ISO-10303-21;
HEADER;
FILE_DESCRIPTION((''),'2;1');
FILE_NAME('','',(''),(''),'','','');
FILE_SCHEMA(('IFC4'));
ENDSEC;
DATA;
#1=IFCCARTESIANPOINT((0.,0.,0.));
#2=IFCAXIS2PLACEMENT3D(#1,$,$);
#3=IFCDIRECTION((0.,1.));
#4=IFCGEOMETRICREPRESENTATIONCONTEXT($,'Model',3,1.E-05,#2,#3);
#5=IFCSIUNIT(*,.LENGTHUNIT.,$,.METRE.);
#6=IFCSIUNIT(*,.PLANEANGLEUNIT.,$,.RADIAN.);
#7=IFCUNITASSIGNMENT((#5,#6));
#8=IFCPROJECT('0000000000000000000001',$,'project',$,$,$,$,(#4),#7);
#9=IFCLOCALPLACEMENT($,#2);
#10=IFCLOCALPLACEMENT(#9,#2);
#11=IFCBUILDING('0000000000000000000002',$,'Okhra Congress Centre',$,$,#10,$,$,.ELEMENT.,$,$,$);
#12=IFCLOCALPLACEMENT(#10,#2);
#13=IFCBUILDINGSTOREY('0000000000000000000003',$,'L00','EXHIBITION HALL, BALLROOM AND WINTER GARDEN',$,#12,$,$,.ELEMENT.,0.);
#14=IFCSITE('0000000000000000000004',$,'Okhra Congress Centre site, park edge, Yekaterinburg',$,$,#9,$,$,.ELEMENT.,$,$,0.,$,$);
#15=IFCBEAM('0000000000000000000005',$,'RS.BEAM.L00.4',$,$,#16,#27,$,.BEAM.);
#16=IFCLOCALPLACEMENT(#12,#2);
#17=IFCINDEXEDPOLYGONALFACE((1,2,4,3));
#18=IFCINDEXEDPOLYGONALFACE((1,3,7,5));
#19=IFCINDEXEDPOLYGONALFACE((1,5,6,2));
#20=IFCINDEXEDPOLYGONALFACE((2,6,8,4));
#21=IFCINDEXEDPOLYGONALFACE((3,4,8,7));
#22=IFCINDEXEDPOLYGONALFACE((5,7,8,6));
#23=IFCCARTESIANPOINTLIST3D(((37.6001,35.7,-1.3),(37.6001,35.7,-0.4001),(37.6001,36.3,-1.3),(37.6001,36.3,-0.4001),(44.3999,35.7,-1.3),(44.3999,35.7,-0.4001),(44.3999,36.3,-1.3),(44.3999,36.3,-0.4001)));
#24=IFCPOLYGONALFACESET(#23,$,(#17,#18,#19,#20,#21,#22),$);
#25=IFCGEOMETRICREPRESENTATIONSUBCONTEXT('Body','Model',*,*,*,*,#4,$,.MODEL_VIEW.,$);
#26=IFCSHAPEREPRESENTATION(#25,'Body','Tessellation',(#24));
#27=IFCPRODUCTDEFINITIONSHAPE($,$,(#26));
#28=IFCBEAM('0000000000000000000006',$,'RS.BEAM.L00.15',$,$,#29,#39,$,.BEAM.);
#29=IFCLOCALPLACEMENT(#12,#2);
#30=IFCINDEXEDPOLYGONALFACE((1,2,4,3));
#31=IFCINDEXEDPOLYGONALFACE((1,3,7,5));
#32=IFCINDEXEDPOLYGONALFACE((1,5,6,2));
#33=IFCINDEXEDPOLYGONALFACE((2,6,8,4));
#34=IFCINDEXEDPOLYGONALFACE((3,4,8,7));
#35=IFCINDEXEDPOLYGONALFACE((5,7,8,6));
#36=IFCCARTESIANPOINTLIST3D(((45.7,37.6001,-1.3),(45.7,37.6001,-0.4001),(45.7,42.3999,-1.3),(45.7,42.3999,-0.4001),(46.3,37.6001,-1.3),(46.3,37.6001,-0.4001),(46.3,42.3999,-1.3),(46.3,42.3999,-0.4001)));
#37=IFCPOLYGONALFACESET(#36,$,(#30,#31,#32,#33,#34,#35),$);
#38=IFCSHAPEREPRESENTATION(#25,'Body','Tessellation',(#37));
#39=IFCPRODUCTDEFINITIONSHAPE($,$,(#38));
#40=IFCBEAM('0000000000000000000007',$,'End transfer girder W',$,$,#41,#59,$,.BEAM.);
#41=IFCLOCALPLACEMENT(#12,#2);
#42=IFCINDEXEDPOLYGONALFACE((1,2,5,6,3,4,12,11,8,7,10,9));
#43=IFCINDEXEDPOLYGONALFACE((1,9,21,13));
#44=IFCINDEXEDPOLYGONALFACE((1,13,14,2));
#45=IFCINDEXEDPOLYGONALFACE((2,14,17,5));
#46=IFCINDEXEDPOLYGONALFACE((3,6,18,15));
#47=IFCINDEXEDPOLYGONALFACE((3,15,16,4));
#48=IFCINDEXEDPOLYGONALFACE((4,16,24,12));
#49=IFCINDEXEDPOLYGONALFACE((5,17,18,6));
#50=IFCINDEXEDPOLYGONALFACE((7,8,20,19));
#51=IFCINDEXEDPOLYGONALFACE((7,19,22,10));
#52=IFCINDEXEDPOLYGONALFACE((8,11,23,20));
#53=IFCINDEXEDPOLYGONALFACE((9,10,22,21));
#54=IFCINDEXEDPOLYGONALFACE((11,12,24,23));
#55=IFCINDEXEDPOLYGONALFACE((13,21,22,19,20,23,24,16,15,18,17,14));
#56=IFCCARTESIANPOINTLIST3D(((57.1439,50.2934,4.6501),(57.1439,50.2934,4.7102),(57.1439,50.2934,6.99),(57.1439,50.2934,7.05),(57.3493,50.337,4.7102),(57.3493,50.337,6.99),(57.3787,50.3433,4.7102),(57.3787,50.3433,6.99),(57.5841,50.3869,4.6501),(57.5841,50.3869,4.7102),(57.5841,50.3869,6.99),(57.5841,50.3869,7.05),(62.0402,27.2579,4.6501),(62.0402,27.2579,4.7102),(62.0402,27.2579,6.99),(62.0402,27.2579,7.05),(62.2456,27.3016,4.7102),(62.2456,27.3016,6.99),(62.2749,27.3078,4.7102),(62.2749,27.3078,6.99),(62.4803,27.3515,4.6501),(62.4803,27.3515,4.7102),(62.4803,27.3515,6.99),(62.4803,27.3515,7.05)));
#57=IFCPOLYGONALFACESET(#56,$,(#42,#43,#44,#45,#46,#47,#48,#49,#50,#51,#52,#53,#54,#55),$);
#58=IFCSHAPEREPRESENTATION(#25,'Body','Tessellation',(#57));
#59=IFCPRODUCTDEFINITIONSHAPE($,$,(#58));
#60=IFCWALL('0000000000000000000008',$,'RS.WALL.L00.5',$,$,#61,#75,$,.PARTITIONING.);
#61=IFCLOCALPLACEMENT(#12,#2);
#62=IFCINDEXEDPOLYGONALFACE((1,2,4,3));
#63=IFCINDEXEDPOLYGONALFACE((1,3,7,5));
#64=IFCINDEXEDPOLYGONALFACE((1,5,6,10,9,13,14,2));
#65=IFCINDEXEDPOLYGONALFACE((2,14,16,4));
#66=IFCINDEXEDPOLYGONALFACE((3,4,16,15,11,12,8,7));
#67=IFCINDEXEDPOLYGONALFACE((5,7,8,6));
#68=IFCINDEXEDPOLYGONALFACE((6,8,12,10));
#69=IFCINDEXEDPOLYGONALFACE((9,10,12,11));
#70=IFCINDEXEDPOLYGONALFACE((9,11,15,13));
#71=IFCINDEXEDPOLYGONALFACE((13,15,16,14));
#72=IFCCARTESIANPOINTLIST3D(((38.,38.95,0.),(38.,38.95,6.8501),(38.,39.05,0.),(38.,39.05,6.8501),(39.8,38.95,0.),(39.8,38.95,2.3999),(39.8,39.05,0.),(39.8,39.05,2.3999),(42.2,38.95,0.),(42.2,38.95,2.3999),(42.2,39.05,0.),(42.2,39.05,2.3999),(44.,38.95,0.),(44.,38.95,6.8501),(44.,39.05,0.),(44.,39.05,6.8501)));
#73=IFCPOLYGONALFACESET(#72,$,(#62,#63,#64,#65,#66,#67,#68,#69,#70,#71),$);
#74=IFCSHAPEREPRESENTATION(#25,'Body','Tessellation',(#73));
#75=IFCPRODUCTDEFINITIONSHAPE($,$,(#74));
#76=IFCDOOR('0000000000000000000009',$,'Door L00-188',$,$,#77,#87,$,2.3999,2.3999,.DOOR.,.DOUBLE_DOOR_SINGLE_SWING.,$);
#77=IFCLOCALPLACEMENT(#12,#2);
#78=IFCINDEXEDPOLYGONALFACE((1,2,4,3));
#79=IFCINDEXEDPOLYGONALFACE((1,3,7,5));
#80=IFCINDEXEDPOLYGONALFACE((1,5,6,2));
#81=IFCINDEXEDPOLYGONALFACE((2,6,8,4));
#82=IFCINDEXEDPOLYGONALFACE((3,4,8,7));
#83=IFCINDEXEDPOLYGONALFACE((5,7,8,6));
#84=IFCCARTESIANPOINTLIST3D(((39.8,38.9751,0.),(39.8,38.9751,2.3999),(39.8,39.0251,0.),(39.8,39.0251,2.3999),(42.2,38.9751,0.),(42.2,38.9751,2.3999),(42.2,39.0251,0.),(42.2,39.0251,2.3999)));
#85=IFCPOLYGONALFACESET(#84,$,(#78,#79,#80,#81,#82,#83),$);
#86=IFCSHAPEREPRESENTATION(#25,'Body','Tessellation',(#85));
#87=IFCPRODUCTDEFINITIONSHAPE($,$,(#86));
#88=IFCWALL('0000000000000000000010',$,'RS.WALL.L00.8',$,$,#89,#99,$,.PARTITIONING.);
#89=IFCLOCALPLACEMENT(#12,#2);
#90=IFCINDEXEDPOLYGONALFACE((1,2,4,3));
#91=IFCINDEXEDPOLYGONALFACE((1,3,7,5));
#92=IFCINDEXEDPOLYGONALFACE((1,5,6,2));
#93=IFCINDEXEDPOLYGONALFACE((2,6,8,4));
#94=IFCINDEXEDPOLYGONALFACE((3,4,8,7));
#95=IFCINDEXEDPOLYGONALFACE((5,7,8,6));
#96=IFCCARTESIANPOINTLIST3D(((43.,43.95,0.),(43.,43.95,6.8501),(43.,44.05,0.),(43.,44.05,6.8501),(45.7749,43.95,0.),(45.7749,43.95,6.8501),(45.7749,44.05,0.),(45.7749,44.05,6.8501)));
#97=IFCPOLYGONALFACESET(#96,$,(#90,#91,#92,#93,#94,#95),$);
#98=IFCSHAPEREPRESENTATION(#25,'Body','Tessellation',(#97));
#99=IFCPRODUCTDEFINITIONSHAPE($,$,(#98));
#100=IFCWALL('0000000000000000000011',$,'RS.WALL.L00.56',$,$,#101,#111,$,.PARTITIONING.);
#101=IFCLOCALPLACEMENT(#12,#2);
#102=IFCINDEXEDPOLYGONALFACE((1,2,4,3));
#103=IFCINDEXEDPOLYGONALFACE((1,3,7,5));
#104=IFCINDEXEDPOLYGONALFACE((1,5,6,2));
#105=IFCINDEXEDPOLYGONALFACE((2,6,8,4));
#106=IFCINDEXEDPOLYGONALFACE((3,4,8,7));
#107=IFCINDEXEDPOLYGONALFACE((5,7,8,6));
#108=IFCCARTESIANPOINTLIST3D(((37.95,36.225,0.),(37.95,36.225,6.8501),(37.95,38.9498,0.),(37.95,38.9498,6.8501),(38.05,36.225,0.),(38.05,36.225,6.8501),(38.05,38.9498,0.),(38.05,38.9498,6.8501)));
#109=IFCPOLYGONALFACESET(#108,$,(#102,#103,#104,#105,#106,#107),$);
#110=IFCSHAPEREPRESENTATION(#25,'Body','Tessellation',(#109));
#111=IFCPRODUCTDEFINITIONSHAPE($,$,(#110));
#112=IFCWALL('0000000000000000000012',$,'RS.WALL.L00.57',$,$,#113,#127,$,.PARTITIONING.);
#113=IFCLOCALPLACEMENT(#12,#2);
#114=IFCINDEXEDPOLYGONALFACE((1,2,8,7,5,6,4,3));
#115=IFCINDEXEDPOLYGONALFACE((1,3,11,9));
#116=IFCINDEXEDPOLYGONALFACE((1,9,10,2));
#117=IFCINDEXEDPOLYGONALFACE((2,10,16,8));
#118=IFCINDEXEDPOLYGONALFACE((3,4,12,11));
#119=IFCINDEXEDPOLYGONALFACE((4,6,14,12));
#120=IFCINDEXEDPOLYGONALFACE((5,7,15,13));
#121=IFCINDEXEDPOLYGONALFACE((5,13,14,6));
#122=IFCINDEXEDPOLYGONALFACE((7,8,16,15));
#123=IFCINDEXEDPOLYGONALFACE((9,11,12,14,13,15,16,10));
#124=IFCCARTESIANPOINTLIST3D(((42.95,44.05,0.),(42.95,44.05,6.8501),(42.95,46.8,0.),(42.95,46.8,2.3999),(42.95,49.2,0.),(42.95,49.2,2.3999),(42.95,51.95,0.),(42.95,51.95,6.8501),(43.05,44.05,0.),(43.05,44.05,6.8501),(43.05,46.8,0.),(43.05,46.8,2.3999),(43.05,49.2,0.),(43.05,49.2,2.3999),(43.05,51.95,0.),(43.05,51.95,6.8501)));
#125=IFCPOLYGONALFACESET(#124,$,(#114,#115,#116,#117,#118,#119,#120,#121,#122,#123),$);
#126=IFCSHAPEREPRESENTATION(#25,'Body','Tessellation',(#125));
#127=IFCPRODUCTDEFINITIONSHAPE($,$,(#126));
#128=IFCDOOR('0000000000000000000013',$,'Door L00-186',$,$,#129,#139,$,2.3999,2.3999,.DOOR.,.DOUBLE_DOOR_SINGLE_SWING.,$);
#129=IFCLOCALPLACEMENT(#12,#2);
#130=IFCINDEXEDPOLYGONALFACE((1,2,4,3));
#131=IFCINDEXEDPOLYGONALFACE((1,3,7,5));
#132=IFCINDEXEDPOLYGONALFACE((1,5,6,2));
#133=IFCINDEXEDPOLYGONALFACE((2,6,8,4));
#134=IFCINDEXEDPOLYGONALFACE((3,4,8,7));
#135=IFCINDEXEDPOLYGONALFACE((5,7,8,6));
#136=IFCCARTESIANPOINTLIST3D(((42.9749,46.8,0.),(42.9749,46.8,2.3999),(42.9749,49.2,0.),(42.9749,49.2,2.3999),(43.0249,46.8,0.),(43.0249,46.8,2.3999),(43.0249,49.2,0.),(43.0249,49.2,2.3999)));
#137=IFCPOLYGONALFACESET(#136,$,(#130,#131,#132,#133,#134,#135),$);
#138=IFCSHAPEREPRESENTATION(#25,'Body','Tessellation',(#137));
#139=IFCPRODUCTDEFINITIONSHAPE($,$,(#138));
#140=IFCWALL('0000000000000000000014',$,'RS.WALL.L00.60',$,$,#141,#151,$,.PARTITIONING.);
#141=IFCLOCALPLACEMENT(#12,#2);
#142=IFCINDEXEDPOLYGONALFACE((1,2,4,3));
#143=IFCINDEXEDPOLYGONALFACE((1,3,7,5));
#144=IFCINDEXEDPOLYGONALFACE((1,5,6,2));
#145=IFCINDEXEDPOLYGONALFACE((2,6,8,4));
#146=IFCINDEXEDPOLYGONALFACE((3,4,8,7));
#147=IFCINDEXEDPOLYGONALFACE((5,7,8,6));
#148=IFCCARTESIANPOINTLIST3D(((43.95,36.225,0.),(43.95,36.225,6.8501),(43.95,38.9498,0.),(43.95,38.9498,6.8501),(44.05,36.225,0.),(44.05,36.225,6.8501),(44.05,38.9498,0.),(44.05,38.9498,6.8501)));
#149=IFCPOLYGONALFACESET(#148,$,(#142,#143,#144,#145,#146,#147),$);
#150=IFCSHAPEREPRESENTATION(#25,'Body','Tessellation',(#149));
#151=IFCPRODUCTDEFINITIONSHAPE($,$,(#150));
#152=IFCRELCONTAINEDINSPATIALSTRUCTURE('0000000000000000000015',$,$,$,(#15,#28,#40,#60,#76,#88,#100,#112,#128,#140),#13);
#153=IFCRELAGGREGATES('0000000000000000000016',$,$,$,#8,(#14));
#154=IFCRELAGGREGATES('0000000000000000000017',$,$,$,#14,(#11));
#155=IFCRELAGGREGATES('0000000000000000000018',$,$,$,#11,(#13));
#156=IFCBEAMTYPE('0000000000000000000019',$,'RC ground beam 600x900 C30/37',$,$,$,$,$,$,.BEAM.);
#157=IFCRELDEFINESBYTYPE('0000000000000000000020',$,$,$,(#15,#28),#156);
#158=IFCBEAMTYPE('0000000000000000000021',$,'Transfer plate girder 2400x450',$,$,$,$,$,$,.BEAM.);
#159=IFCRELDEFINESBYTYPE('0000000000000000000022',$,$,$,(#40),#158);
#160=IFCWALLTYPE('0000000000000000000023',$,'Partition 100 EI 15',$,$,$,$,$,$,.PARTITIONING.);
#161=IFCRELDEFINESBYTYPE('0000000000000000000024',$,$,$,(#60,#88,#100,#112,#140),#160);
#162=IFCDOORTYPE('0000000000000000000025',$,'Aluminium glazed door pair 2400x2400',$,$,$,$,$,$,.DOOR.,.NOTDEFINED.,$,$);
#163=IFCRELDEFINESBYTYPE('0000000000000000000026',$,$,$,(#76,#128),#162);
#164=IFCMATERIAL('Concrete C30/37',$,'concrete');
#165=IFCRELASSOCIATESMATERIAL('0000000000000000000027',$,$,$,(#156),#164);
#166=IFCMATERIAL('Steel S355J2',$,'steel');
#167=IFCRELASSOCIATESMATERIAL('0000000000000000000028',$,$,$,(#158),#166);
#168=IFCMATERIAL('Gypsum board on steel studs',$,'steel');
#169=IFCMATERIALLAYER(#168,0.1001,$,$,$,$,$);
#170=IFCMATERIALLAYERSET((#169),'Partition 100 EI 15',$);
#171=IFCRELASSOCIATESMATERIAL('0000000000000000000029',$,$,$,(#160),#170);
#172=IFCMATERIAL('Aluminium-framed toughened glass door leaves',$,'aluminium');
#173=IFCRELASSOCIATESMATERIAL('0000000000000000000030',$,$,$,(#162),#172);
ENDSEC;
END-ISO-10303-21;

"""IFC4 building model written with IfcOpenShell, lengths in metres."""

from ifc_helpers import new_model, si_unit, direction, frame, frame_2d, origin, origin_2d, place, context, subcontext, project, spatial, rectangle, i_section, extrude, material, layer, layer_set, material_profile, profile_set, type_object, element, fill, save


model = new_model("IFC4")

# Units and contexts
model_context = context("Model", 3, precision=1e-05, world=origin(), true_north=direction((0.0, 1.0)))
body_context = subcontext(model_context, "Body", "Model", "MODEL_VIEW")
ifc_project = project(units=[si_unit("LENGTHUNIT", "METRE"), si_unit("PLANEANGLEUNIT", "RADIAN")], contexts=[model_context])

# Site, building, storey
site_placement = place(None, origin())
site = spatial("IfcSite", under=ifc_project, at=site_placement, Name="Okhra Congress Centre site, park edge, Yekaterinburg", CompositionType="ELEMENT", RefElevation=0.0)
building_placement = place(site_placement, origin())
building = spatial("IfcBuilding", under=site, at=building_placement, Name="Okhra Congress Centre", CompositionType="ELEMENT")
storey_placement = place(building_placement, origin())
storey = spatial("IfcBuildingStorey", under=building, at=storey_placement, Name="L00", Description="EXHIBITION HALL, BALLROOM AND WINTER GARDEN", CompositionType="ELEMENT", Elevation=0.0)

# Shared definitions
ifc_material_1 = material(Name="Concrete C30/37", Category="concrete")

# Beams
ifc_material_2 = material(Name="Steel S355J2", Category="steel")
ifc_material_profile_1 = material_profile(ifc_material_1, rectangle(XDim=0.6001, YDim=0.8999, at=origin_2d()), Name="RC 600x900")
ifc_profile_set_1 = profile_set([ifc_material_profile_1], Name="Concrete C30/37")
beam_type_1 = type_object("IfcBeamType", Name="RC ground beam 600x900 C30/37", PredefinedType="BEAM", material=ifc_profile_set_1)
beam_1_placement = place(storey_placement, frame((37.6001, 36.0, -0.8501), z_axis=(1.0, 0.0, 0.0), x_axis=(0.0, 1.0, 0.0)))
element("IfcBeam", 1, at=beam_1_placement, inside=storey, type_object=beam_type_1, Name="RS.BEAM.L00.4", PredefinedType="BEAM", context=body_context, shape_type="SweptSolid", body=[
    extrude(rectangle(XDim=0.6001, YDim=0.8999, at=origin_2d()), origin(), (0.0, 0.0, 1.0), 6.7998),
])
beam_2_placement = place(storey_placement, frame((46.0, 37.6001, -0.8501), z_axis=(0.0, 1.0, 0.0), x_axis=(-1.0, 0.0, 0.0)))
element("IfcBeam", 2, at=beam_2_placement, inside=storey, type_object=beam_type_1, Name="RS.BEAM.L00.15", PredefinedType="BEAM", context=body_context, shape_type="SweptSolid", body=[
    extrude(rectangle(XDim=0.6001, YDim=0.8999, at=origin_2d()), origin(), (0.0, 0.0, 1.0), 4.7998),
])
ifc_material_profile_2 = material_profile(ifc_material_2, i_section(OverallWidth=0.45, OverallDepth=2.3999, WebThickness=0.03, FlangeThickness=0.0601, at=origin_2d()), Name="Plate girder 2400x450")
ifc_profile_set_2 = profile_set([ifc_material_profile_2], Name="Steel S355J2")
beam_type_2 = type_object("IfcBeamType", Name="Transfer plate girder 2400x450", PredefinedType="BEAM", material=ifc_profile_set_2)
beam_3_placement = place(storey_placement, frame((62.2603, 27.3047, 5.8501), z_axis=(-0.207908, 0.978148, 0.0), x_axis=(-0.978148, -0.207908, 0.0)))
element("IfcBeam", 3, at=beam_3_placement, inside=storey, type_object=beam_type_2, Name="End transfer girder W", PredefinedType="BEAM", context=body_context, shape_type="SweptSolid", body=[
    extrude(i_section(OverallWidth=0.45, OverallDepth=2.3999, WebThickness=0.03, FlangeThickness=0.0601, at=origin_2d()), origin(), (0.0, 0.0, 1.0), 23.55),
])

# Wall, opening, door
ifc_material_3 = material(Name="Gypsum board on steel studs", Category="steel")
ifc_layer_1 = layer(ifc_material_3, 0.1001)
ifc_layer_set_1 = layer_set([ifc_layer_1], Name="Partition 100 EI 15")
wall_type_1 = type_object("IfcWallType", Name="Partition 100 EI 15", PredefinedType="PARTITIONING", material=ifc_layer_set_1)
wall_1_placement = place(storey_placement, frame((38.0, 39.0, 0.0), z_axis=(0.0, 0.0, 1.0), x_axis=(1.0, 0.0, 0.0)))
wall_1 = element("IfcWall", 4, at=wall_1_placement, inside=storey, type_object=wall_type_1, Name="RS.WALL.L00.5", PredefinedType="PARTITIONING", context=body_context, shape_type="SweptSolid", body=[
    extrude(rectangle(XDim=6.0, YDim=0.1001, at=frame_2d((3.0, 0.0))), origin(), (0.0, 0.0, 1.0), 6.8501),
])
opening_1_placement = place(wall_1_placement, frame((1.8, 0.0, 0.0)))
opening_1 = element("IfcOpeningElement", 5, at=opening_1_placement, cuts=wall_1, PredefinedType="OPENING", context=body_context, shape_type="SweptSolid", body=[
    extrude(rectangle(XDim=2.3999, YDim=2.3999, at=frame_2d((1.2, 1.2))), frame((0.0, 0.0601, 0.0), z_axis=(0.0, -1.0, 0.0), x_axis=(1.0, 0.0, 0.0)), (0.0, 0.0, 1.0), 0.1201),
])
ifc_material_4 = material(Name="Aluminium-framed toughened glass door leaves", Category="aluminium")
door_type = type_object("IfcDoorType", Name="Aluminium glazed door pair 2400x2400", OperationType="NOTDEFINED", PredefinedType="DOOR", material=ifc_material_4)
door_1_placement = place(opening_1_placement, frame((2.3999, 0.0, 0.0), z_axis=(0.0, 0.0, 1.0), x_axis=(-1.0, 0.0, 0.0)))
door_1 = element("IfcDoor", 6, at=door_1_placement, inside=storey, type_object=door_type, Name="Door L00-188", OperationType="DOUBLE_DOOR_SINGLE_SWING", OverallHeight=2.3999, OverallWidth=2.3999, PredefinedType="DOOR", context=body_context, shape_type="SweptSolid", body=[
    extrude(rectangle(XDim=2.3999, YDim=2.3999, at=frame_2d((1.2, 1.2))), frame((0.0, 0.0249, 0.0), z_axis=(0.0, -1.0, 0.0), x_axis=(1.0, 0.0, 0.0)), (0.0, 0.0, 1.0), 0.05),
])
fill(opening_1, door_1)

# Walls
wall_2_placement = place(storey_placement, frame((43.0, 44.0, 0.0), z_axis=(0.0, 0.0, 1.0), x_axis=(1.0, 0.0, 0.0)))
element("IfcWall", 7, at=wall_2_placement, inside=storey, type_object=wall_type_1, Name="RS.WALL.L00.8", PredefinedType="PARTITIONING", context=body_context, shape_type="SweptSolid", body=[
    extrude(rectangle(XDim=2.7749, YDim=0.1001, at=frame_2d((1.3875, 0.0))), origin(), (0.0, 0.0, 1.0), 6.8501),
])
wall_3_placement = place(storey_placement, frame((38.0, 36.2251, 0.0), z_axis=(0.0, 0.0, 1.0), x_axis=(0.0, 1.0, 0.0)))
element("IfcWall", 8, at=wall_3_placement, inside=storey, type_object=wall_type_1, Name="RS.WALL.L00.56", PredefinedType="PARTITIONING", context=body_context, shape_type="SweptSolid", body=[
    extrude(rectangle(XDim=2.7249, YDim=0.1001, at=frame_2d((1.3623, 0.0))), origin(), (0.0, 0.0, 1.0), 6.8501),
])

# Wall, opening, door
wall_4_placement = place(storey_placement, frame((43.0, 44.05, 0.0), z_axis=(0.0, 0.0, 1.0), x_axis=(0.0, 1.0, 0.0)))
wall_4 = element("IfcWall", 9, at=wall_4_placement, inside=storey, type_object=wall_type_1, Name="RS.WALL.L00.57", PredefinedType="PARTITIONING", context=body_context, shape_type="SweptSolid", body=[
    extrude(rectangle(XDim=7.8999, YDim=0.1001, at=frame_2d((3.95, 0.0))), origin(), (0.0, 0.0, 1.0), 6.8501),
])
opening_2_placement = place(wall_4_placement, frame((2.75, 0.0, 0.0)))
opening_2 = element("IfcOpeningElement", 10, at=opening_2_placement, cuts=wall_4, PredefinedType="OPENING", context=body_context, shape_type="SweptSolid", body=[
    extrude(rectangle(XDim=2.3999, YDim=2.3999, at=frame_2d((1.2, 1.2))), frame((0.0, 0.0601, 0.0), z_axis=(0.0, -1.0, 0.0), x_axis=(1.0, 0.0, 0.0)), (0.0, 0.0, 1.0), 0.1201),
])
door_2_placement = place(opening_2_placement, frame((2.3999, 0.0, 0.0), z_axis=(0.0, 0.0, 1.0), x_axis=(-1.0, 0.0, 0.0)))
door_2 = element("IfcDoor", 11, at=door_2_placement, inside=storey, type_object=door_type, Name="Door L00-186", OperationType="DOUBLE_DOOR_SINGLE_SWING", OverallHeight=2.3999, OverallWidth=2.3999, PredefinedType="DOOR", context=body_context, shape_type="SweptSolid", body=[
    extrude(rectangle(XDim=2.3999, YDim=2.3999, at=frame_2d((1.2, 1.2))), frame((0.0, 0.0249, 0.0), z_axis=(0.0, -1.0, 0.0), x_axis=(1.0, 0.0, 0.0)), (0.0, 0.0, 1.0), 0.05),
])
fill(opening_2, door_2)

# Wall
wall_5_placement = place(storey_placement, frame((44.0, 36.2251, 0.0), z_axis=(0.0, 0.0, 1.0), x_axis=(0.0, 1.0, 0.0)))
element("IfcWall", 12, at=wall_5_placement, inside=storey, type_object=wall_type_1, Name="RS.WALL.L00.60", PredefinedType="PARTITIONING", context=body_context, shape_type="SweptSolid", body=[
    extrude(rectangle(XDim=2.7249, YDim=0.1001, at=frame_2d((1.3623, 0.0))), origin(), (0.0, 0.0, 1.0), 6.8501),
])

save(model, "model.ifc")
